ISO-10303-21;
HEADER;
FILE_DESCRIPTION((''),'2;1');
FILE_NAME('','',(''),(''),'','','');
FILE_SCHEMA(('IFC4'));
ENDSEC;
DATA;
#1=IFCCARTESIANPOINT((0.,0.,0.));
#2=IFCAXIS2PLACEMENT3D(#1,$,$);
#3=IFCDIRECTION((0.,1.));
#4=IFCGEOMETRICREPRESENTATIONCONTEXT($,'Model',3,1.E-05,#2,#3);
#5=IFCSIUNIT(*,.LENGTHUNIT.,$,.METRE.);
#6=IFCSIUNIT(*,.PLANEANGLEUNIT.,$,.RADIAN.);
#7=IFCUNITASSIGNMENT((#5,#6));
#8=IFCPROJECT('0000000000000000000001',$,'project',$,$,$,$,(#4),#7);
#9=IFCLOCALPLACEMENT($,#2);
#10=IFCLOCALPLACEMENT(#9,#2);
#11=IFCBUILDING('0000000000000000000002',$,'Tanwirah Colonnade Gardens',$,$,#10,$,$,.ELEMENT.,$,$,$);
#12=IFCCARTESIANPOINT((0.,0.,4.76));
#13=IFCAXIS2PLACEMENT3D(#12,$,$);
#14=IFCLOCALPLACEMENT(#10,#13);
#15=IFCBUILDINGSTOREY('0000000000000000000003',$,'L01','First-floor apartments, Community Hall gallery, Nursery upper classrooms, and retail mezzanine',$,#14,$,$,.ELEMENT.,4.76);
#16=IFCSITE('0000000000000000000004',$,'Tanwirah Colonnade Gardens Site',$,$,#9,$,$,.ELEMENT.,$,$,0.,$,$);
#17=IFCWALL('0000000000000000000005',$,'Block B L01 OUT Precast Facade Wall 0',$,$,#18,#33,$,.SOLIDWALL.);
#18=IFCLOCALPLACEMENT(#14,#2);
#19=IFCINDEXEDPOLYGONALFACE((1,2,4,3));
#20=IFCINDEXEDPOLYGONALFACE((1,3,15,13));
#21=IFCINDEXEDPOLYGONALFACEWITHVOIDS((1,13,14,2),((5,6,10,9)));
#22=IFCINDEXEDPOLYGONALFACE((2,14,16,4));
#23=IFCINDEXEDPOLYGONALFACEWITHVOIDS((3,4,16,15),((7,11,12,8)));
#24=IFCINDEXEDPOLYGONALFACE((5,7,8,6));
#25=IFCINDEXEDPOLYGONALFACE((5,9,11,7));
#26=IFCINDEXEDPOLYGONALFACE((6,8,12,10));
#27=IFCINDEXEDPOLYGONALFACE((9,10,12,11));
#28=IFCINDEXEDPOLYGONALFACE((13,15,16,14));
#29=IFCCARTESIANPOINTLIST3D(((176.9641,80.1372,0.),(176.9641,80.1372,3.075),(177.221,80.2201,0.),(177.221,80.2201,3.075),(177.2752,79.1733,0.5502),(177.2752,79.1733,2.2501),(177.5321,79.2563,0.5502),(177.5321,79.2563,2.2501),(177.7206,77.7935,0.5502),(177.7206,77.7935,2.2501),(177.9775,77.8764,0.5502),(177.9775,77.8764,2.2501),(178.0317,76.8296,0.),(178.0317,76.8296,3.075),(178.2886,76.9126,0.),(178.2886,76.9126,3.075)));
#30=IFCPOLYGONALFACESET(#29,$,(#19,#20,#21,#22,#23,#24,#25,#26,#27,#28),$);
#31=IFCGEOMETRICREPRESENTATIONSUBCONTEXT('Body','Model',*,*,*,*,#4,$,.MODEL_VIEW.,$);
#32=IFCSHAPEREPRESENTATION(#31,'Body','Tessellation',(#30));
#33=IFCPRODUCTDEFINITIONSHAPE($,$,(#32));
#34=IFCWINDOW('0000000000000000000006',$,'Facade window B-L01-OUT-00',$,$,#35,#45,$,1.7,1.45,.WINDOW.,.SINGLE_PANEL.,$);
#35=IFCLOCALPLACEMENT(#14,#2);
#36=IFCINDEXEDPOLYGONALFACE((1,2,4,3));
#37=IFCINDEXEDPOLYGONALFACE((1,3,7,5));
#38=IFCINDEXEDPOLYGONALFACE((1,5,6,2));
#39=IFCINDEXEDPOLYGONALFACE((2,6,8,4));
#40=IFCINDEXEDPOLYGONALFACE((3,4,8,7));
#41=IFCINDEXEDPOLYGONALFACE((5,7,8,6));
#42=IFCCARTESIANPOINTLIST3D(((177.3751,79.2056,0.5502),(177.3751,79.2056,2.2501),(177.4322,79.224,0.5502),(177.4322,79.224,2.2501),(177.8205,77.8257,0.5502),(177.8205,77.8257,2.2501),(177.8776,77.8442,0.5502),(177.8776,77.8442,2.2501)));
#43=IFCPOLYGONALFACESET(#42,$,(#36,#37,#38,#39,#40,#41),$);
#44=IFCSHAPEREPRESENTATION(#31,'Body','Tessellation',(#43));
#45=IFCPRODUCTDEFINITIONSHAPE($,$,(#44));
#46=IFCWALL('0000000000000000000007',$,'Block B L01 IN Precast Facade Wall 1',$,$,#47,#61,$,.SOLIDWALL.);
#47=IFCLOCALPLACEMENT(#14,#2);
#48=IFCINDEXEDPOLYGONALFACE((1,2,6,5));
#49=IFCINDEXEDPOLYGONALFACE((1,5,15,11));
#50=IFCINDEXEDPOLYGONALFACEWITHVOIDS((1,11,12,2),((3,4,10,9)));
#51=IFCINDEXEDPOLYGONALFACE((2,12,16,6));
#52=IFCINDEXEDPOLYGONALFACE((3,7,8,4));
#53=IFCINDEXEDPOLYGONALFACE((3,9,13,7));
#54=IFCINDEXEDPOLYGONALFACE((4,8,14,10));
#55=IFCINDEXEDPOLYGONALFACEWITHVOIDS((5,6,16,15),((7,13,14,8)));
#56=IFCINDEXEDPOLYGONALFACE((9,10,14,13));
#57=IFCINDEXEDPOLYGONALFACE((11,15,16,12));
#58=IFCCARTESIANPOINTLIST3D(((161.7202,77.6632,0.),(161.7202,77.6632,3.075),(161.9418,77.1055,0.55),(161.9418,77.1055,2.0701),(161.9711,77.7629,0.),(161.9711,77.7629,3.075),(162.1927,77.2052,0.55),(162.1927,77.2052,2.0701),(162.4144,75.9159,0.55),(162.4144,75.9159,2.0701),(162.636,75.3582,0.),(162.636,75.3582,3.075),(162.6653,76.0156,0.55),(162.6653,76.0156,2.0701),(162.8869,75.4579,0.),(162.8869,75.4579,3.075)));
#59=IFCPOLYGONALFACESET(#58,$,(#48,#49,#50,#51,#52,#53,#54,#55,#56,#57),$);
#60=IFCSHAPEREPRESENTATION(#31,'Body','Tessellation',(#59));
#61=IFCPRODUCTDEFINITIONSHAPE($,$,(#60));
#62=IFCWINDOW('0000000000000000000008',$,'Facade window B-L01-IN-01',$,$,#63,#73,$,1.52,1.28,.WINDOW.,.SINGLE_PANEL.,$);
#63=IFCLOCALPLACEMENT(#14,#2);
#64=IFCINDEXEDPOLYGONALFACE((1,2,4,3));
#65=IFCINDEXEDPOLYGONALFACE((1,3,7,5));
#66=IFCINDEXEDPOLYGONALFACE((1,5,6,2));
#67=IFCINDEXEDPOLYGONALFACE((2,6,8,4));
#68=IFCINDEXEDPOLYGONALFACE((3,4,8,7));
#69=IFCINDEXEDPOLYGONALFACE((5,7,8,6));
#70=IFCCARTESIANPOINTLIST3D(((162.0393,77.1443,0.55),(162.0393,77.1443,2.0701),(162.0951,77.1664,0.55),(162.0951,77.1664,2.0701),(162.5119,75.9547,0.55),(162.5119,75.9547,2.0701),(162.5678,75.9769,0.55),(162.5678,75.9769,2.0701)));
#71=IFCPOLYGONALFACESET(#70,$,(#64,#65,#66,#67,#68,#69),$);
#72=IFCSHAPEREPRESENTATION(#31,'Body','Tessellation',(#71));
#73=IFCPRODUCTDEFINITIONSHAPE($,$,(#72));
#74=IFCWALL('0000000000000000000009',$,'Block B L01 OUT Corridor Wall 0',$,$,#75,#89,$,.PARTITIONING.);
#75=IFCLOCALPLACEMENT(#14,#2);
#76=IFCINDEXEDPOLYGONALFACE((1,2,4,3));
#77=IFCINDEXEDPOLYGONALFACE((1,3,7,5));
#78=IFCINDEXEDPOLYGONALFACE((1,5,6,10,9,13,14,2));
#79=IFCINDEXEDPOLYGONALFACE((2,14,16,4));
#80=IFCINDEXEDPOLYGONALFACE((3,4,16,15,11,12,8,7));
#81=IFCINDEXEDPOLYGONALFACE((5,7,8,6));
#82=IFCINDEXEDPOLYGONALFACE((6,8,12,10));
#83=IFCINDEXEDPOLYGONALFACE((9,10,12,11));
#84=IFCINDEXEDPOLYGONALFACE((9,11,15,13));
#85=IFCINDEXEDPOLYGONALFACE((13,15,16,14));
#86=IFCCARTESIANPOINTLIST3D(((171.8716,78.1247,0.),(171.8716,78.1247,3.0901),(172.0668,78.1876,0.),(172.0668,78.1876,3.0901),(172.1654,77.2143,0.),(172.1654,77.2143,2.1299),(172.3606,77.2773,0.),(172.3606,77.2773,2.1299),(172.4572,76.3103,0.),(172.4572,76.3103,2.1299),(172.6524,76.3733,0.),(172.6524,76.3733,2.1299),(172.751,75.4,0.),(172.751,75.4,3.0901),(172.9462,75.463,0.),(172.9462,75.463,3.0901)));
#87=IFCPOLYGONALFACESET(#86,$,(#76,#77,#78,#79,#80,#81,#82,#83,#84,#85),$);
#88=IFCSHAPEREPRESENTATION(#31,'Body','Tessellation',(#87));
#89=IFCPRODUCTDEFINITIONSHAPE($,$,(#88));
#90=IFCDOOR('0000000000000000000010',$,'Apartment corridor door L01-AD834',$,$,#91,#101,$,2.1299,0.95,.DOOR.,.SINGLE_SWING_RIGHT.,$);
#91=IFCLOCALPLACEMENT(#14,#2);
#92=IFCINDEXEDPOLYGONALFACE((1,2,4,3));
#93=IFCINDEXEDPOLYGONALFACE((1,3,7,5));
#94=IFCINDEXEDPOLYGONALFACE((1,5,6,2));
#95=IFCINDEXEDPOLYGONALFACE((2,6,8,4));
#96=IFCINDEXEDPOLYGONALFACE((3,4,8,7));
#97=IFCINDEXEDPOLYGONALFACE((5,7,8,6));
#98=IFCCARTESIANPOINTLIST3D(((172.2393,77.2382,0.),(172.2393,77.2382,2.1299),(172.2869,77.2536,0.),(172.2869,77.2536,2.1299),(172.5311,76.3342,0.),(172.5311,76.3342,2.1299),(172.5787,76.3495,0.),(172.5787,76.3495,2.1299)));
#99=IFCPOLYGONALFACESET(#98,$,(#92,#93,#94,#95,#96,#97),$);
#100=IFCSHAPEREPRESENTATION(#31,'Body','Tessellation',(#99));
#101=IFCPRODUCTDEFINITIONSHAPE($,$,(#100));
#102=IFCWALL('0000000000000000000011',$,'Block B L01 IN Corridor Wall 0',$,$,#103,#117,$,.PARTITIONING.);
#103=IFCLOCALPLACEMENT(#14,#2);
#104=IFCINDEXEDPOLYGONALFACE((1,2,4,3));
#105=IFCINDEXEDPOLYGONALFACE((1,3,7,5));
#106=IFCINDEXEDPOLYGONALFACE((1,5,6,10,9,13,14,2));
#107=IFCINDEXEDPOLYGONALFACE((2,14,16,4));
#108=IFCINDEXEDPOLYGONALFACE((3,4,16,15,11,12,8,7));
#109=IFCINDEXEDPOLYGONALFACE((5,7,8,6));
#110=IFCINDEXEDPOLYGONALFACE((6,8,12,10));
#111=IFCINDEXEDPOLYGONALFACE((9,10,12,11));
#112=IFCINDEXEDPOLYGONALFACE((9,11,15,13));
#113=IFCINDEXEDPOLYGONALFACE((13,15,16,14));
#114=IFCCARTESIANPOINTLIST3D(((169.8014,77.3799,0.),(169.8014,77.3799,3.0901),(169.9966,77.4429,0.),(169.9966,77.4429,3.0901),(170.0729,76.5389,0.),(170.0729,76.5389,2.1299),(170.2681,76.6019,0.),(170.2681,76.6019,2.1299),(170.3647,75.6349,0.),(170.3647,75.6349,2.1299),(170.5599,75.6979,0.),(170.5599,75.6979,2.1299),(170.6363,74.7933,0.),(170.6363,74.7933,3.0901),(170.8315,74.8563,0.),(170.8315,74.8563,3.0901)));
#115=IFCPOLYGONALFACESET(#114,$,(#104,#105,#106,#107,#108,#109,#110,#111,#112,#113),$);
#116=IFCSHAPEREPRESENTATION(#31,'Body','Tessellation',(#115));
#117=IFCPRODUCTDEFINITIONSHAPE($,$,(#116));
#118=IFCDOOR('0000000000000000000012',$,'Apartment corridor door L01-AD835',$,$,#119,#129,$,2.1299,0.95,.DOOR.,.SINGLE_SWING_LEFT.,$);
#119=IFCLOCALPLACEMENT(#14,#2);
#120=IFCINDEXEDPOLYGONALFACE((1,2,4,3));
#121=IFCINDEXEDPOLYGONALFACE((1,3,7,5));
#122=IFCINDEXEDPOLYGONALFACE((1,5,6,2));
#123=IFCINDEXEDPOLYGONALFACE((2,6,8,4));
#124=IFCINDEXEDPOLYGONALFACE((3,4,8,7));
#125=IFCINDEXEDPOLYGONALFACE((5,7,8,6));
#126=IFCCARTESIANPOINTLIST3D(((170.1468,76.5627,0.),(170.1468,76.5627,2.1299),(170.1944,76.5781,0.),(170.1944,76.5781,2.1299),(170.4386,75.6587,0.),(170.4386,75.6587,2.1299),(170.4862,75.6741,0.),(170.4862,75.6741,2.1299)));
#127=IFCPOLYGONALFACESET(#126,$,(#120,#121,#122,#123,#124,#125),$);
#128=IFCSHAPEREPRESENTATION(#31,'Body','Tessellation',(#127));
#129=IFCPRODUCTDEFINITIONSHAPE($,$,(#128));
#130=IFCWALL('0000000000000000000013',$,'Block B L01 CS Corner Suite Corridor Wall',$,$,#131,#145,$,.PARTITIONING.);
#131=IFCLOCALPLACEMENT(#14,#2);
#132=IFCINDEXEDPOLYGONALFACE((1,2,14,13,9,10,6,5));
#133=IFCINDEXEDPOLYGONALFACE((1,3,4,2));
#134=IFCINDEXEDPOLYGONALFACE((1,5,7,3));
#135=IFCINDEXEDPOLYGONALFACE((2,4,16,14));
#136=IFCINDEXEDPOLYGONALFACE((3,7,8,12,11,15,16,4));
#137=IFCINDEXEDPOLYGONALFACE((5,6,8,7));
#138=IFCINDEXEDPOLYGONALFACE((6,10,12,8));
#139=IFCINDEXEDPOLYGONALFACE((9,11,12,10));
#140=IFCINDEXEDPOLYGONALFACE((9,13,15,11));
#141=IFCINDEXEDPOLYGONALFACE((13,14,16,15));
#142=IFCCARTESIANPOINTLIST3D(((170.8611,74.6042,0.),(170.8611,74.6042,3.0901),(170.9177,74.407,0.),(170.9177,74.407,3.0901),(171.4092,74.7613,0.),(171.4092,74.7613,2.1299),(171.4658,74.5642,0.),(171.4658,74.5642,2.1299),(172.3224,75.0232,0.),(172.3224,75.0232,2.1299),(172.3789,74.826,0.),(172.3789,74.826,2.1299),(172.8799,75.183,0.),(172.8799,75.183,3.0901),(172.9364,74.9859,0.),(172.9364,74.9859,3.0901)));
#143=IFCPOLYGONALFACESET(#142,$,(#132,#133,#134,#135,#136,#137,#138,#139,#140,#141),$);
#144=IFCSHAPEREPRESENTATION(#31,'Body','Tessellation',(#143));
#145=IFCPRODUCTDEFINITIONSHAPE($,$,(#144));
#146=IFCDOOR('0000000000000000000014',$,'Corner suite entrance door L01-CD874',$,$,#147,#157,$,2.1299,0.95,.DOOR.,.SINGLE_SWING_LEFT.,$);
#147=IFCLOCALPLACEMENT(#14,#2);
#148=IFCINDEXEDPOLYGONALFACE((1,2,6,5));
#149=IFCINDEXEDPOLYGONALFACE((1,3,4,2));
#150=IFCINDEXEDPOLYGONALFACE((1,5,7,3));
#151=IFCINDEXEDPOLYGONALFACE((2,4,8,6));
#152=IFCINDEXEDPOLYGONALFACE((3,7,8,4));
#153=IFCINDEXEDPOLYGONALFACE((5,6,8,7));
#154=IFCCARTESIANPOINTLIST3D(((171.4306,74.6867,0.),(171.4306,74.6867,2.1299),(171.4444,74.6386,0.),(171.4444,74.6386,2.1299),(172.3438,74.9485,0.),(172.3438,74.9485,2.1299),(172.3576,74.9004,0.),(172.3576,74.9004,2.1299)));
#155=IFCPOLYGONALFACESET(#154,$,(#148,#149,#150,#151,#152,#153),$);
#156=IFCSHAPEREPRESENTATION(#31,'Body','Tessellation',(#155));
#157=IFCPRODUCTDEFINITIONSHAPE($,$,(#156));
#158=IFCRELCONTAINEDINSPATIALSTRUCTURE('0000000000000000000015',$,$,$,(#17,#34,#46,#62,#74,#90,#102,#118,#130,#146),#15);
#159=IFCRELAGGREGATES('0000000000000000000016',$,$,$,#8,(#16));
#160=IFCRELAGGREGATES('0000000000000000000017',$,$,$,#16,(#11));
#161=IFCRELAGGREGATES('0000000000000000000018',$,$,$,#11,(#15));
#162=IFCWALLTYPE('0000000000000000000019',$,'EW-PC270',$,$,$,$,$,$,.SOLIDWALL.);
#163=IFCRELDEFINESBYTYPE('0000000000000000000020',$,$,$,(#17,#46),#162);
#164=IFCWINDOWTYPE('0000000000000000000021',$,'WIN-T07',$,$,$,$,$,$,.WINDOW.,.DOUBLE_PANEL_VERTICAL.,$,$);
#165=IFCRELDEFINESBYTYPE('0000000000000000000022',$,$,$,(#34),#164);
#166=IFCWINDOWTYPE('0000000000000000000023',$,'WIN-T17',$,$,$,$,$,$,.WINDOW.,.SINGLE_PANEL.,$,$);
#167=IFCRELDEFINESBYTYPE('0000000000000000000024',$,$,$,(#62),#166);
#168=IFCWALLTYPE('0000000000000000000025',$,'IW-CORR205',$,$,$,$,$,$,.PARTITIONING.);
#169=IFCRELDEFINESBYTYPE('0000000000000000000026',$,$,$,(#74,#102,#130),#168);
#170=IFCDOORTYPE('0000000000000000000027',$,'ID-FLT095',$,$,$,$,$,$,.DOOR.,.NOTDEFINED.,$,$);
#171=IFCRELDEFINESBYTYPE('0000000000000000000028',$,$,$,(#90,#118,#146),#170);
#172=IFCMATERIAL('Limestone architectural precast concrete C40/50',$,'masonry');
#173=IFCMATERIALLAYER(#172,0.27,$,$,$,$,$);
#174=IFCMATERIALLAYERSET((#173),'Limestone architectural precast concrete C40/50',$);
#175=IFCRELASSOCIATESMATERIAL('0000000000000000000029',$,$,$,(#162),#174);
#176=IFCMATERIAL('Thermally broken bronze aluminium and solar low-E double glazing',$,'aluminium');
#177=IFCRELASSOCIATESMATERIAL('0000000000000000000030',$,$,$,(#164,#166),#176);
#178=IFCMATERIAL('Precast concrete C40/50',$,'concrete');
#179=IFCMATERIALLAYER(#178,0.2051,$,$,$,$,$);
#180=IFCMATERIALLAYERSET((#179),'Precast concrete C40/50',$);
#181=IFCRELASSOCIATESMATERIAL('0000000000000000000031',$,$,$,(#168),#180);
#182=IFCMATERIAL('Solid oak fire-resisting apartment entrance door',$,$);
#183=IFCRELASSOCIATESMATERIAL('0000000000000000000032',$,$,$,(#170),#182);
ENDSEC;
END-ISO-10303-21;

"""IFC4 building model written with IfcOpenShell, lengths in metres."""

from ifc_helpers import new_model, si_unit, direction, frame, frame_2d, origin, place, context, subcontext, project, spatial, rectangle, extrude, material, layer, layer_set, type_object, element, fill, save


model = new_model("IFC4")

# Units and contexts
model_context = context("Model", 3, precision=1e-05, world=origin(), true_north=direction((0.0, 1.0)))
body_context = subcontext(model_context, "Body", "Model", "MODEL_VIEW")
ifc_project = project(units=[si_unit("LENGTHUNIT", "METRE"), si_unit("PLANEANGLEUNIT", "RADIAN")], contexts=[model_context])

# Site, building, storey
site_placement = place(None, origin())
site = spatial("IfcSite", under=ifc_project, at=site_placement, Name="Tanwirah Colonnade Gardens Site", CompositionType="ELEMENT", RefElevation=0.0)
building_placement = place(site_placement, origin())
building = spatial("IfcBuilding", under=site, at=building_placement, Name="Tanwirah Colonnade Gardens", CompositionType="ELEMENT")
storey_placement = place(building_placement, frame((0.0, 0.0, 4.76)))
storey = spatial("IfcBuildingStorey", under=building, at=storey_placement, Name="L01", Description="First-floor apartments, Community Hall gallery, Nursery upper classrooms, and retail mezzanine", CompositionType="ELEMENT", Elevation=4.76)

# Shared definitions
ifc_material_1 = material(Name="Precast concrete C40/50", Category="concrete")

# Walls, openings, windows
ifc_material_2 = material(Name="Limestone architectural precast concrete C40/50", Category="masonry")
ifc_layer_1 = layer(ifc_material_2, 0.27)
ifc_layer_set_1 = layer_set([ifc_layer_1], Name="Limestone architectural precast concrete C40/50")
wall_type_1 = type_object("IfcWallType", Name="EW-PC270", PredefinedType="SOLIDWALL", material=ifc_layer_set_1)
wall_1_placement = place(storey_placement, frame((178.1602, 76.8711, 0.0), z_axis=(0.0, 0.0, 1.0), x_axis=(-0.307173, 0.951654, 0.0)))
wall_1 = element("IfcWall", 1, at=wall_1_placement, inside=storey, type_object=wall_type_1, Name="Block B L01 OUT Precast Facade Wall 0", PredefinedType="SOLIDWALL", context=body_context, shape_type="SweptSolid", body=[
    extrude(rectangle(XDim=3.4756, YDim=0.27, at=frame_2d((1.7378, 0.0))), origin(), (0.0, 0.0, 1.0), 3.075),
])
opening_1_placement = place(wall_1_placement, frame((1.0127, 0.0, 0.55)))
opening_1 = element("IfcOpeningElement", 2, at=opening_1_placement, cuts=wall_1, PredefinedType="OPENING", context=body_context, shape_type="SweptSolid", body=[
    extrude(rectangle(XDim=1.45, YDim=1.7, at=frame_2d((0.7251, 0.8501))), frame((0.0, 0.145, 0.0), z_axis=(0.0, -1.0, 0.0), x_axis=(1.0, 0.0, 0.0)), (0.0, 0.0, 1.0), 0.29),
])
ifc_material_3 = material(Name="Thermally broken bronze aluminium and solar low-E double glazing", Category="aluminium")
window_type_1 = type_object("IfcWindowType", Name="WIN-T07", PartitioningType="DOUBLE_PANEL_VERTICAL", PredefinedType="WINDOW", material=ifc_material_3)
window_1_placement = place(opening_1_placement, origin())
window_1 = element("IfcWindow", 3, at=window_1_placement, inside=storey, type_object=window_type_1, Name="Facade window B-L01-OUT-00", OverallHeight=1.7, OverallWidth=1.45, PartitioningType="SINGLE_PANEL", PredefinedType="WINDOW", context=body_context, shape_type="SweptSolid", body=[
    extrude(rectangle(XDim=1.45, YDim=1.7, at=frame_2d((0.7251, 0.8501))), frame((0.0, 0.03, 0.0), z_axis=(0.0, -1.0, 0.0), x_axis=(1.0, 0.0, 0.0)), (0.0, 0.0, 1.0), 0.0601),
])
fill(opening_1, window_1)
wall_2_placement = place(storey_placement, frame((162.7615, 75.408, 0.0), z_axis=(0.0, 0.0, 1.0), x_axis=(-0.369234, 0.929336, 0.0)))
wall_2 = element("IfcWall", 4, at=wall_2_placement, inside=storey, type_object=wall_type_1, Name="Block B L01 IN Precast Facade Wall 1", PredefinedType="SOLIDWALL", context=body_context, shape_type="SweptSolid", body=[
    extrude(rectangle(XDim=2.4802, YDim=0.27, at=frame_2d((1.2402, 0.0))), origin(), (0.0, 0.0, 1.0), 3.075),
])
opening_2_placement = place(wall_2_placement, frame((0.6001, 0.0, 0.55)))
opening_2 = element("IfcOpeningElement", 5, at=opening_2_placement, cuts=wall_2, PredefinedType="OPENING", context=body_context, shape_type="SweptSolid", body=[
    extrude(rectangle(XDim=1.28, YDim=1.52, at=frame_2d((0.6401, 0.76))), frame((0.0, 0.145, 0.0), z_axis=(0.0, -1.0, 0.0), x_axis=(1.0, 0.0, 0.0)), (0.0, 0.0, 1.0), 0.29),
])
window_type_2 = type_object("IfcWindowType", Name="WIN-T17", PartitioningType="SINGLE_PANEL", PredefinedType="WINDOW", material=ifc_material_3)
window_2_placement = place(opening_2_placement, origin())
window_2 = element("IfcWindow", 6, at=window_2_placement, inside=storey, type_object=window_type_2, Name="Facade window B-L01-IN-01", OverallHeight=1.52, OverallWidth=1.28, PartitioningType="SINGLE_PANEL", PredefinedType="WINDOW", context=body_context, shape_type="SweptSolid", body=[
    extrude(rectangle(XDim=1.28, YDim=1.52, at=frame_2d((0.6401, 0.76))), frame((0.0, 0.03, 0.0), z_axis=(0.0, -1.0, 0.0), x_axis=(1.0, 0.0, 0.0)), (0.0, 0.0, 1.0), 0.0601),
])
fill(opening_2, window_2)

# Walls, openings, doors
ifc_layer_2 = layer(ifc_material_1, 0.2051)
ifc_layer_set_2 = layer_set([ifc_layer_2], Name="Precast concrete C40/50")
wall_type_2 = type_object("IfcWallType", Name="IW-CORR205", PredefinedType="PARTITIONING", material=ifc_layer_set_2)
wall_3_placement = place(storey_placement, frame((172.8486, 75.4314, 0.0), z_axis=(0.0, 0.0, 1.0), x_axis=(-0.307157, 0.951659, 0.0)))
wall_3 = element("IfcWall", 7, at=wall_3_placement, inside=storey, type_object=wall_type_2, Name="Block B L01 OUT Corridor Wall 0", PredefinedType="PARTITIONING", context=body_context, shape_type="SweptSolid", body=[
    extrude(rectangle(XDim=2.863, YDim=0.2051, at=frame_2d((1.4316, 0.0))), origin(), (0.0, 0.0, 1.0), 3.0901),
])
opening_3_placement = place(wall_3_placement, frame((0.9565, 0.0, 0.0)))
opening_3 = element("IfcOpeningElement", 8, at=opening_3_placement, cuts=wall_3, PredefinedType="OPENING", context=body_context, shape_type="SweptSolid", body=[
    extrude(rectangle(XDim=0.95, YDim=2.1299, at=frame_2d((0.4751, 1.0649))), frame((0.0, 0.1125, 0.0), z_axis=(0.0, -1.0, 0.0), x_axis=(1.0, 0.0, 0.0)), (0.0, 0.0, 1.0), 0.2251),
])
ifc_material_4 = material(Name="Solid oak fire-resisting apartment entrance door")
door_type = type_object("IfcDoorType", Name="ID-FLT095", OperationType="NOTDEFINED", PredefinedType="DOOR", material=ifc_material_4)
door_1_placement = place(opening_3_placement, origin())
door_1 = element("IfcDoor", 9, at=door_1_placement, inside=storey, type_object=door_type, Name="Apartment corridor door L01-AD834", OperationType="SINGLE_SWING_RIGHT", OverallHeight=2.1299, OverallWidth=0.95, PredefinedType="DOOR", context=body_context, shape_type="SweptSolid", body=[
    extrude(rectangle(XDim=0.95, YDim=2.1299, at=frame_2d((0.4751, 1.0649))), frame((0.0, 0.0249, 0.0), z_axis=(0.0, -1.0, 0.0), x_axis=(1.0, 0.0, 0.0)), (0.0, 0.0, 1.0), 0.05),
])
fill(opening_3, door_1)
wall_4_placement = place(storey_placement, frame((170.7339, 74.825, 0.0), z_axis=(0.0, 0.0, 1.0), x_axis=(-0.307186, 0.951649, 0.0)))
wall_4 = element("IfcWall", 10, at=wall_4_placement, inside=storey, type_object=wall_type_2, Name="Block B L01 IN Corridor Wall 0", PredefinedType="PARTITIONING", context=body_context, shape_type="SweptSolid", body=[
    extrude(rectangle(XDim=2.718, YDim=0.2051, at=frame_2d((1.3589, 0.0))), origin(), (0.0, 0.0, 1.0), 3.0901),
])
opening_4_placement = place(wall_4_placement, frame((0.884, 0.0, 0.0)))
opening_4 = element("IfcOpeningElement", 11, at=opening_4_placement, cuts=wall_4, PredefinedType="OPENING", context=body_context, shape_type="SweptSolid", body=[
    extrude(rectangle(XDim=0.95, YDim=2.1299, at=frame_2d((0.4751, 1.0649))), frame((0.0, 0.1125, 0.0), z_axis=(0.0, -1.0, 0.0), x_axis=(1.0, 0.0, 0.0)), (0.0, 0.0, 1.0), 0.2251),
])
door_2_placement = place(opening_4_placement, origin())
door_2 = element("IfcDoor", 12, at=door_2_placement, inside=storey, type_object=door_type, Name="Apartment corridor door L01-AD835", OperationType="SINGLE_SWING_LEFT", OverallHeight=2.1299, OverallWidth=0.95, PredefinedType="DOOR", context=body_context, shape_type="SweptSolid", body=[
    extrude(rectangle(XDim=0.95, YDim=2.1299, at=frame_2d((0.4751, 1.0649))), frame((0.0, 0.0249, 0.0), z_axis=(0.0, -1.0, 0.0), x_axis=(1.0, 0.0, 0.0)), (0.0, 0.0, 1.0), 0.05),
])
fill(opening_4, door_2)
wall_5_placement = place(storey_placement, frame((170.8894, 74.5056, 0.0), z_axis=(0.0, 0.0, 1.0), x_axis=(0.961265, 0.275627, 0.0)))
wall_5 = element("IfcWall", 13, at=wall_5_placement, inside=storey, type_object=wall_type_2, Name="Block B L01 CS Corner Suite Corridor Wall", PredefinedType="PARTITIONING", context=body_context, shape_type="SweptSolid", body=[
    extrude(rectangle(XDim=2.1001, YDim=0.2051, at=frame_2d((1.05, 0.0))), origin(), (0.0, 0.0, 1.0), 3.0901),
])
opening_5_placement = place(wall_5_placement, frame((0.5701, 0.0, 0.0)))
opening_5 = element("IfcOpeningElement", 14, at=opening_5_placement, cuts=wall_5, PredefinedType="OPENING", context=body_context, shape_type="SweptSolid", body=[
    extrude(rectangle(XDim=0.95, YDim=2.1299, at=frame_2d((0.4751, 1.0649))), frame((0.0, 0.1125, 0.0), z_axis=(0.0, -1.0, 0.0), x_axis=(1.0, 0.0, 0.0)), (0.0, 0.0, 1.0), 0.2251),
])
door_3_placement = place(opening_5_placement, origin())
door_3 = element("IfcDoor", 15, at=door_3_placement, inside=storey, type_object=door_type, Name="Corner suite entrance door L01-CD874", OperationType="SINGLE_SWING_LEFT", OverallHeight=2.1299, OverallWidth=0.95, PredefinedType="DOOR", context=body_context, shape_type="SweptSolid", body=[
    extrude(rectangle(XDim=0.95, YDim=2.1299, at=frame_2d((0.4751, 1.0649))), frame((0.0, 0.0249, 0.0), z_axis=(0.0, -1.0, 0.0), x_axis=(1.0, 0.0, 0.0)), (0.0, 0.0, 1.0), 0.05),
])
fill(opening_5, door_3)

save(model, "model.ifc")
